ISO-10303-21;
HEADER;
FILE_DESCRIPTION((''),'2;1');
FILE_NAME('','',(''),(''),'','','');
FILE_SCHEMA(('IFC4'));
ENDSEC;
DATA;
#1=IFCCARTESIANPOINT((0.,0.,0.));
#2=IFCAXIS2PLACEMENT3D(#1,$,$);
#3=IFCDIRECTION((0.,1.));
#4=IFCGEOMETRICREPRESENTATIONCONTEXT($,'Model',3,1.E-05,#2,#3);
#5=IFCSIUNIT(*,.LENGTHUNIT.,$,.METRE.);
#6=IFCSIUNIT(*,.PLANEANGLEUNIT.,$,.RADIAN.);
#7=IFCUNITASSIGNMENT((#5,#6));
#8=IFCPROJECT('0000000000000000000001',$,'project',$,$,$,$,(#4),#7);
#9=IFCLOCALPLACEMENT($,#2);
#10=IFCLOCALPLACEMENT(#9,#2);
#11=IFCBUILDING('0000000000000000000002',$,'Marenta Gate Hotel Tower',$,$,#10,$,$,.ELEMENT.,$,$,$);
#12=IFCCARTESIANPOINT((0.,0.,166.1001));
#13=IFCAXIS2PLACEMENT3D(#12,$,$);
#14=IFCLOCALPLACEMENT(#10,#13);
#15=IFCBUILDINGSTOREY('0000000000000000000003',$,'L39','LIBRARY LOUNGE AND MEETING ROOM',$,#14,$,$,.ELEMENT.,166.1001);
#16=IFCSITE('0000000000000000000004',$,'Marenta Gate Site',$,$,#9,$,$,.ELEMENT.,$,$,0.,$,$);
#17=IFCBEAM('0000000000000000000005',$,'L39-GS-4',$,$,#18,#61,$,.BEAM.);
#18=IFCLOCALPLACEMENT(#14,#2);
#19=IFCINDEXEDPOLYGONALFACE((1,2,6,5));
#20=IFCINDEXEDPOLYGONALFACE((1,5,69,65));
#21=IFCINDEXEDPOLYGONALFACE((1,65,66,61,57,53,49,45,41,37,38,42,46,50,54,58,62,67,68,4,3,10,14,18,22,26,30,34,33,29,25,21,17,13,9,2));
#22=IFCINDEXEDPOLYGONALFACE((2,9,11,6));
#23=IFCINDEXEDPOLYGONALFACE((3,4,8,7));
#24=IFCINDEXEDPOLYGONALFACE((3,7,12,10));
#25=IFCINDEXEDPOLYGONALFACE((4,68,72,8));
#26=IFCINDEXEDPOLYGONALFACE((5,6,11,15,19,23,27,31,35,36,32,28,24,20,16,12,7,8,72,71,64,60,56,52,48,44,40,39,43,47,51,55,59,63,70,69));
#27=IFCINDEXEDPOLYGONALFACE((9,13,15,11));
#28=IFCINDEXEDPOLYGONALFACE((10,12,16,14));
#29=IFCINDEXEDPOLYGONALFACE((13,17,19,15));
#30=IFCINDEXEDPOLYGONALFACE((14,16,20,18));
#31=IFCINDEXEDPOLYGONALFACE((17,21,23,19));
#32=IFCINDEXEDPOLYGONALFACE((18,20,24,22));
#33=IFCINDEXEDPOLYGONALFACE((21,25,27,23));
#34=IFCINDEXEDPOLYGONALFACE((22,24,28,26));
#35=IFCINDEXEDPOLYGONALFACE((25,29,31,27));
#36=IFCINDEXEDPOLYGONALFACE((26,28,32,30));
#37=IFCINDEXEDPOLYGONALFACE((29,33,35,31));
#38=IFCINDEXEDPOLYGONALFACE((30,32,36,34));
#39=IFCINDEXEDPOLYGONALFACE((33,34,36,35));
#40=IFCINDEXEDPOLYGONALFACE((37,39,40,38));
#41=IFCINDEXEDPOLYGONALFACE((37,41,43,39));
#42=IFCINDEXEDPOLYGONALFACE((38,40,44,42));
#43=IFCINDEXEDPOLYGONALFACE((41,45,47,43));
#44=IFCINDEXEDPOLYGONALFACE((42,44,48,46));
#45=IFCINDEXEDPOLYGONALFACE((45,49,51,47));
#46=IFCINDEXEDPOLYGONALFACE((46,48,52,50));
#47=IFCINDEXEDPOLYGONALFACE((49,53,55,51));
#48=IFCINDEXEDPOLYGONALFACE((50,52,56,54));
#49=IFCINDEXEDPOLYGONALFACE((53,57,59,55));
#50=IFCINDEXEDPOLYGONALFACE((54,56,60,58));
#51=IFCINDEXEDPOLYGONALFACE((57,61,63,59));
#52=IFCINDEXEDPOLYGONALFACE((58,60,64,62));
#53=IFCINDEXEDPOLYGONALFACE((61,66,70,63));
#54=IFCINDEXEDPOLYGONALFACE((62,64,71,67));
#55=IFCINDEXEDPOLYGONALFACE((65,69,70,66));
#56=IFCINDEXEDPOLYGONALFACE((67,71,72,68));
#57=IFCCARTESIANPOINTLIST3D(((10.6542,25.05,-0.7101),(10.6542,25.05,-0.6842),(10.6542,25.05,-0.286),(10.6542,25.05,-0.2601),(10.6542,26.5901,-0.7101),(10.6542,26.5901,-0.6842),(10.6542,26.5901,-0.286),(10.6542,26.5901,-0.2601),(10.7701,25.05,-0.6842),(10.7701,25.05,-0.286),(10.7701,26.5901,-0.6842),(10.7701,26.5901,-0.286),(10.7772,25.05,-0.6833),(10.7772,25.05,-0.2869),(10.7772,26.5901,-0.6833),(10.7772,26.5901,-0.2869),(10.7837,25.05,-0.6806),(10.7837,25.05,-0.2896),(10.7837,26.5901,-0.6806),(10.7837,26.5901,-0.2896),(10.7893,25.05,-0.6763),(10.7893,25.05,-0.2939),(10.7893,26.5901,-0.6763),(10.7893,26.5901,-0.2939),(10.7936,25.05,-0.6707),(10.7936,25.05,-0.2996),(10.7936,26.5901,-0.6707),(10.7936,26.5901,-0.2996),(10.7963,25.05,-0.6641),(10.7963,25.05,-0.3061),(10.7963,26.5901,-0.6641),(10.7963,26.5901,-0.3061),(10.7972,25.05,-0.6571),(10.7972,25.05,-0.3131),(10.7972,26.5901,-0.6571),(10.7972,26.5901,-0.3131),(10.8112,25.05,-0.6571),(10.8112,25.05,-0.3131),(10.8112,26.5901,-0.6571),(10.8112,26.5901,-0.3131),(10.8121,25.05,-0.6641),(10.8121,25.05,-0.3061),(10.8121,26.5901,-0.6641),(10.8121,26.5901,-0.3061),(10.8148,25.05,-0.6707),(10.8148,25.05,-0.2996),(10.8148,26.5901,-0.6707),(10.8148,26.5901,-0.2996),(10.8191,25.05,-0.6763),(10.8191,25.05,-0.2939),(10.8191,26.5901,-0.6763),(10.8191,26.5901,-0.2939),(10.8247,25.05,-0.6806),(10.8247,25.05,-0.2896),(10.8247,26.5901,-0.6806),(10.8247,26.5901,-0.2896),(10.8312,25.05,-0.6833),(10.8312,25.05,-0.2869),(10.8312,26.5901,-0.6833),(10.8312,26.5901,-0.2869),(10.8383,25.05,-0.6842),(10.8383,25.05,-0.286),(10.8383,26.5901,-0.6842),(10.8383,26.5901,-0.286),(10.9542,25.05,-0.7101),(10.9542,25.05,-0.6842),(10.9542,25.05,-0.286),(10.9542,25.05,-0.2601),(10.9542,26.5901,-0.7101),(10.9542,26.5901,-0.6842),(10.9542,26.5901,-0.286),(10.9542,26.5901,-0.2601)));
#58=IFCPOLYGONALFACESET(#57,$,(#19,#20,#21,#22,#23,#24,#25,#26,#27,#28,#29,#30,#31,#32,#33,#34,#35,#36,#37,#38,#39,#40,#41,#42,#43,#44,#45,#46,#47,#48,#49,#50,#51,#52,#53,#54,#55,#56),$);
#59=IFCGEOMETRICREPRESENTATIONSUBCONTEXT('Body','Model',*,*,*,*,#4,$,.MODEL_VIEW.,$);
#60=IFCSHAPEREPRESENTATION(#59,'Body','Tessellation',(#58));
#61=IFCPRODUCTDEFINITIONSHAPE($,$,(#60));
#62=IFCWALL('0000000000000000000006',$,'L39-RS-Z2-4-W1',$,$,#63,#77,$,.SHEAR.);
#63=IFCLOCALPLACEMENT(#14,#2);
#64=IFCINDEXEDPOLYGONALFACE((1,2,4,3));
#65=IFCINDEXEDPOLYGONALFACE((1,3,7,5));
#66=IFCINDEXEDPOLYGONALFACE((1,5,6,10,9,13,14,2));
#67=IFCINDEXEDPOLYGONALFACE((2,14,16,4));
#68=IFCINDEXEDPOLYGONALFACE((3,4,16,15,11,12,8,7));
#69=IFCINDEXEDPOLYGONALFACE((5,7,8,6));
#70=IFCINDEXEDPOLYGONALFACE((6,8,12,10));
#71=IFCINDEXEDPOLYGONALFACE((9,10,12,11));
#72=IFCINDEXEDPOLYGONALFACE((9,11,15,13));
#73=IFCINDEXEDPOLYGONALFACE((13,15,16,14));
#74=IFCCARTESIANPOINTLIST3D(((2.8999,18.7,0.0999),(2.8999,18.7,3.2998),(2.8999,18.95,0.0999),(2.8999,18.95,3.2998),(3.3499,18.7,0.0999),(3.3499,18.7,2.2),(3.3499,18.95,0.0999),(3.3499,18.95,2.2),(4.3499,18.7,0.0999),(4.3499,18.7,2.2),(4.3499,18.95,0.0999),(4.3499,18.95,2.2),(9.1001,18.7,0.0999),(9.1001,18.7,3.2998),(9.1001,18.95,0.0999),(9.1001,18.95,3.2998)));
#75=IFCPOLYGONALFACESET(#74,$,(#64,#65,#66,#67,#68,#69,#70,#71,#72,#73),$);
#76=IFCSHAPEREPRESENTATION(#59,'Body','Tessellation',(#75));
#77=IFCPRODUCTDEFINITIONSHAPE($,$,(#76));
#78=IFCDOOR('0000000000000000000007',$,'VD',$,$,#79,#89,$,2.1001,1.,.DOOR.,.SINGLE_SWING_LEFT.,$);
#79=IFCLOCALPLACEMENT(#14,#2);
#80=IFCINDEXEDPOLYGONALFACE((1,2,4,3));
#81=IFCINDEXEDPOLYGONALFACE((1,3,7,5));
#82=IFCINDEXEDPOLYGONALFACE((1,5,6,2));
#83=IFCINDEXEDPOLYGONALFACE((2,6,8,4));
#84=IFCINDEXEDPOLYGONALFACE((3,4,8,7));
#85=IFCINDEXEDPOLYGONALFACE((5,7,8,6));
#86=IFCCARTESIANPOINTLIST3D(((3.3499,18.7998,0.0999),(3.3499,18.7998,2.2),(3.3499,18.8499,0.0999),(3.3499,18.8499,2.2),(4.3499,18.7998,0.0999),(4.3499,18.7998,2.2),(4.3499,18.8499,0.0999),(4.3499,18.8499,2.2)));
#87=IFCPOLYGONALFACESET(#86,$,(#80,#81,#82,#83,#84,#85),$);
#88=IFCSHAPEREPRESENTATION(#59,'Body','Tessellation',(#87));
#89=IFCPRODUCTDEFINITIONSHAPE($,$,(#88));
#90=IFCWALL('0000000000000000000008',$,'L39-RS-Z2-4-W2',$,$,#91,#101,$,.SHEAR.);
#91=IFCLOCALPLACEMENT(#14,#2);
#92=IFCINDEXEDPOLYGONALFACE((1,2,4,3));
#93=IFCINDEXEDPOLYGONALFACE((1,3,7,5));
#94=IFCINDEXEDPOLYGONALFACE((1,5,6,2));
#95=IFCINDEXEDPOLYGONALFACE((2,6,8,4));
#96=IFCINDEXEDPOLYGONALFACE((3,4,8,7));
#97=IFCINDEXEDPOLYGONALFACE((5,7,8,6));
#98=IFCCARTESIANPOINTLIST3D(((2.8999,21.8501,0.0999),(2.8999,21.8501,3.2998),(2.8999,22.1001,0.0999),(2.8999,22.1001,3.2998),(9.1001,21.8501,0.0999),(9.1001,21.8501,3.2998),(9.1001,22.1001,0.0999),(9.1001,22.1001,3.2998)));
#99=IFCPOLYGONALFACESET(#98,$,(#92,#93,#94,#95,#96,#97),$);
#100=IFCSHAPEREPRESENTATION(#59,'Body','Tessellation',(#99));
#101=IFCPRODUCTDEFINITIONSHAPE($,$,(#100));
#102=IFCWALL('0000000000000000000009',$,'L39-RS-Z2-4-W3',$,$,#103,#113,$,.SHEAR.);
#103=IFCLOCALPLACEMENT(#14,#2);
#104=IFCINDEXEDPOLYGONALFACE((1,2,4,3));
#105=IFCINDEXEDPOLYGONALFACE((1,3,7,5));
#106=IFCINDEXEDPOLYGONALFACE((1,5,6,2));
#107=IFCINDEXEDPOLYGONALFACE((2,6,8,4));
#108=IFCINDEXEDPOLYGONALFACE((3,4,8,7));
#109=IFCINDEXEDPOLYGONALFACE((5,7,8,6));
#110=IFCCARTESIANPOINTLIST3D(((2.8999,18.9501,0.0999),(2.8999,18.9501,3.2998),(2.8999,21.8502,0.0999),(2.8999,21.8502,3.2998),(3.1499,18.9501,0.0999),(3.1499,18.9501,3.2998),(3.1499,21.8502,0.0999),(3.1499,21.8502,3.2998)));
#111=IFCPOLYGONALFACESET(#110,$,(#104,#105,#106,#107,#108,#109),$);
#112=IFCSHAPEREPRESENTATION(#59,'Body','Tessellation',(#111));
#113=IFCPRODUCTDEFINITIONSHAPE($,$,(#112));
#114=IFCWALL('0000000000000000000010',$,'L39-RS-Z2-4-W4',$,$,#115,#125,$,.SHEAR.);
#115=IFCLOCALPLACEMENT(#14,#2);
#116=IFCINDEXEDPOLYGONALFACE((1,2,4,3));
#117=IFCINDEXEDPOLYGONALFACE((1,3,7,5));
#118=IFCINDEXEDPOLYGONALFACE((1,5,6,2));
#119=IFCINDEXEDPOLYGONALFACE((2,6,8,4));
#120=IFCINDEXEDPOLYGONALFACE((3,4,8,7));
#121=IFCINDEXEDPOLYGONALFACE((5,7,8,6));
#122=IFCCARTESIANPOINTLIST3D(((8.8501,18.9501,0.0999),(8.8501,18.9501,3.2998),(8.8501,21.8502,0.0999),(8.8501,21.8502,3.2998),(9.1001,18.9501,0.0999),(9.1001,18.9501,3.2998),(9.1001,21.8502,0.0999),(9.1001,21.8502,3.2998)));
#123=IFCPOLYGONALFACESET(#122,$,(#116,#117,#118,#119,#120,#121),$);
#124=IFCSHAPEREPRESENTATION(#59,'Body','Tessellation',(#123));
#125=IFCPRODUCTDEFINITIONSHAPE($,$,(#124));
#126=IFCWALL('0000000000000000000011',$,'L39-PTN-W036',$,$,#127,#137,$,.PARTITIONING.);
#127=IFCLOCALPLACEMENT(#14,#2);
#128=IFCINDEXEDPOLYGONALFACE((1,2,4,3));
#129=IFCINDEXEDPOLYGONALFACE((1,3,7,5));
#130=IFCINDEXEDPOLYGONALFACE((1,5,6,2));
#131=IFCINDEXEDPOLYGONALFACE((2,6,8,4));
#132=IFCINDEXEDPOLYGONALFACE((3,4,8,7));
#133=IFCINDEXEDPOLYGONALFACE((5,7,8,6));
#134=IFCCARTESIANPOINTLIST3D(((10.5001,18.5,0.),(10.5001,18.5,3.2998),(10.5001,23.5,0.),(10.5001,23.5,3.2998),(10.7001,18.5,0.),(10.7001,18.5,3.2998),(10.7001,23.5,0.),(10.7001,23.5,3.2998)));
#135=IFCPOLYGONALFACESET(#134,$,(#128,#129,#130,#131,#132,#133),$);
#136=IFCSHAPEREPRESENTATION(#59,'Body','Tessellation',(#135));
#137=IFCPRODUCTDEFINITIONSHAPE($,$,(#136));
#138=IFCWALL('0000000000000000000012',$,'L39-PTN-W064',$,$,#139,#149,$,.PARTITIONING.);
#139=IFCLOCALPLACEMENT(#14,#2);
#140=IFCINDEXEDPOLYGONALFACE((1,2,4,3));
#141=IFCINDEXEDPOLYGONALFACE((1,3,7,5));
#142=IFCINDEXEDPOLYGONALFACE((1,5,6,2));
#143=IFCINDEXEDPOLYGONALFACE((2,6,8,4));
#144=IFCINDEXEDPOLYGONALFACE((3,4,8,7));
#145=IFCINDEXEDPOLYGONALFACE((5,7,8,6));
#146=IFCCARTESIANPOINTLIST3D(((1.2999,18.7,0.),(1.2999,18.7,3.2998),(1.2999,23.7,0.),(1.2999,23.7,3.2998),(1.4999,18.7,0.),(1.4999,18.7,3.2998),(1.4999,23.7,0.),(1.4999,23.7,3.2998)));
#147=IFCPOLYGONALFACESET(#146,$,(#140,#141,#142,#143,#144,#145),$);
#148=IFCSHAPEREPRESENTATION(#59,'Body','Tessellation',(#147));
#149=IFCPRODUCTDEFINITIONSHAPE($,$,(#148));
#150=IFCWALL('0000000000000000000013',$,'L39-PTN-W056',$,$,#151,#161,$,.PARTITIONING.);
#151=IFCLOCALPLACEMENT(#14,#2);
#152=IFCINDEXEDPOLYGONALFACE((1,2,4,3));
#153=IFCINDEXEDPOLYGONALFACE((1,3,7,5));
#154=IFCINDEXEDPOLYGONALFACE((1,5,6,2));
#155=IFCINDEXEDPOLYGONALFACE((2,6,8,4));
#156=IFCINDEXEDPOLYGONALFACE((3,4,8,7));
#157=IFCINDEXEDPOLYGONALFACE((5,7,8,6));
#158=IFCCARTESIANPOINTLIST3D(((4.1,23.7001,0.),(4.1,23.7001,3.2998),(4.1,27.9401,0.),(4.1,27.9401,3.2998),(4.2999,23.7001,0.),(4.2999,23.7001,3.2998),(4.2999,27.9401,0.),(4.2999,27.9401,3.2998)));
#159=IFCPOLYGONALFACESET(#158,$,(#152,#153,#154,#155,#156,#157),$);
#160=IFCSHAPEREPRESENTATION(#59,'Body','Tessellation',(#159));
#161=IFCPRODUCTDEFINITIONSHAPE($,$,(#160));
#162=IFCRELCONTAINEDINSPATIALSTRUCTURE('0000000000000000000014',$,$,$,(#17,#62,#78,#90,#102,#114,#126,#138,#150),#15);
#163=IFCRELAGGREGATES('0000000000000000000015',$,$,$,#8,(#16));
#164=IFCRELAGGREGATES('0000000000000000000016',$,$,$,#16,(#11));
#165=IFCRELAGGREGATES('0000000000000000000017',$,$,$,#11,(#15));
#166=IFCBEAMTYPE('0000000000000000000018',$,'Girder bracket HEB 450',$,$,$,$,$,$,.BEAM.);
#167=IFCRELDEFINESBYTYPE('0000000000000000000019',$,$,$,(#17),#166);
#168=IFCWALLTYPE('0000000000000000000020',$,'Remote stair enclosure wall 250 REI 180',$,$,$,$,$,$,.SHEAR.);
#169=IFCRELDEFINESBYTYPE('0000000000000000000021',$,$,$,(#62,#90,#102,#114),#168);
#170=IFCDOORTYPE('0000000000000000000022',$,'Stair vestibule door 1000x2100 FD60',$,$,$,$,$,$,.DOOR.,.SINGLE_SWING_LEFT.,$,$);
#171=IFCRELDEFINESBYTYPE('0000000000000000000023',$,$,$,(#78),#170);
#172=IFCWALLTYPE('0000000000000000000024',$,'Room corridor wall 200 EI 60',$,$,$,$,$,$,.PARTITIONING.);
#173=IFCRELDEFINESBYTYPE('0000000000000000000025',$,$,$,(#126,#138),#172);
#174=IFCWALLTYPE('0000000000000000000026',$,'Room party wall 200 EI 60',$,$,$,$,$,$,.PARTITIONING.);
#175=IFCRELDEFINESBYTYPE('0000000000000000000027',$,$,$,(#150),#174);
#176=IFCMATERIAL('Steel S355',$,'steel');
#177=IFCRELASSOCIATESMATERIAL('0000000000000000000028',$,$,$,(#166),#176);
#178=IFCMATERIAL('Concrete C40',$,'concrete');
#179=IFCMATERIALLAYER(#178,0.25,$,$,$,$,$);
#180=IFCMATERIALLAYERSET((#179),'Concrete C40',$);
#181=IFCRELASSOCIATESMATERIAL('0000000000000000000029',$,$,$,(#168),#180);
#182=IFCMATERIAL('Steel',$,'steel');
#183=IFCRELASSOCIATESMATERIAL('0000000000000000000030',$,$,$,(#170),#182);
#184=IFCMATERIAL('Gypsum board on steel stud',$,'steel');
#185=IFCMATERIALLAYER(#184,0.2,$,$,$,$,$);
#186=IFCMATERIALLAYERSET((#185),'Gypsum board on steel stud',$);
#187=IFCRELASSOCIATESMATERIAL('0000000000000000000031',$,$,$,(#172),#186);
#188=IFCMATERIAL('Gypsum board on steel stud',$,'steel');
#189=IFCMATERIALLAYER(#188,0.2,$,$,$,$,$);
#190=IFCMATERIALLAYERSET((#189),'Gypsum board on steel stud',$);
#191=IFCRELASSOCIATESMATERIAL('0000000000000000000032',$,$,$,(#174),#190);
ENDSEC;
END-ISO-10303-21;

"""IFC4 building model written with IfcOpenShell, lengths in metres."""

from ifc_helpers import new_model, si_unit, direction, frame, frame_2d, origin, origin_2d, place, context, subcontext, project, spatial, rectangle, i_section, extrude, material, layer, layer_set, material_profile, profile_set, type_object, element, fill, save


model = new_model("IFC4")

# Units and contexts
model_context = context("Model", 3, precision=1e-05, world=origin(), true_north=direction((0.0, 1.0)))
body_context = subcontext(model_context, "Body", "Model", "MODEL_VIEW")
ifc_project = project(units=[si_unit("LENGTHUNIT", "METRE"), si_unit("PLANEANGLEUNIT", "RADIAN")], contexts=[model_context])

# Site, building, storey
site_placement = place(None, origin())
site = spatial("IfcSite", under=ifc_project, at=site_placement, Name="Marenta Gate Site", CompositionType="ELEMENT", RefElevation=0.0)
building_placement = place(site_placement, origin())
building = spatial("IfcBuilding", under=site, at=building_placement, Name="Marenta Gate Hotel Tower", CompositionType="ELEMENT")
storey_placement = place(building_placement, frame((0.0, 0.0, 166.1001)))
storey = spatial("IfcBuildingStorey", under=building, at=storey_placement, Name="L39", Description="LIBRARY LOUNGE AND MEETING ROOM", CompositionType="ELEMENT", Elevation=166.1001)

# Beam
ifc_material_1 = material(Name="Steel S355", Category="steel")
ifc_material_profile_1 = material_profile(ifc_material_1, i_section(OverallWidth=0.3, OverallDepth=0.45, WebThickness=0.0139, FlangeThickness=0.0259, FilletRadius=0.0271, at=origin_2d()), Name="HEB 450")
ifc_profile_set_1 = profile_set([ifc_material_profile_1], Name="Steel S355")
beam_type_1 = type_object("IfcBeamType", Name="Girder bracket HEB 450", PredefinedType="BEAM", material=ifc_profile_set_1)
for number, where, z_axis, x_axis, name in (
    (1, (10.8042, 25.05, -0.4851), (0.0, 1.0, 0.0), (-1.0, 0.0, 0.0), "L39-GS-4"),
):
    element("IfcBeam", number, at=place(storey_placement, frame(where, z_axis=z_axis, x_axis=x_axis)), inside=storey, type_object=beam_type_1, Name=name, PredefinedType="BEAM", context=body_context, shape_type="SweptSolid", body=[
        extrude(i_section(OverallWidth=0.3, OverallDepth=0.45, WebThickness=0.0139, FlangeThickness=0.0259, FilletRadius=0.0271, at=origin_2d()), origin(), (0.0, 0.0, 1.0), 1.54),
    ])

# Wall, opening, door
ifc_material_2 = material(Name="Concrete C40", Category="concrete")
ifc_layer_1 = layer(ifc_material_2, 0.25)
ifc_layer_set_1 = layer_set([ifc_layer_1], Name="Concrete C40")
wall_type_1 = type_object("IfcWallType", Name="Remote stair enclosure wall 250 REI 180", PredefinedType="SHEAR", material=ifc_layer_set_1)
wall_1_placement = place(storey_placement, frame((2.8999, 18.825, 0.0999), z_axis=(0.0, 0.0, 1.0), x_axis=(1.0, 0.0, 0.0)))
wall_1 = element("IfcWall", 2, at=wall_1_placement, inside=storey, type_object=wall_type_1, Name="L39-RS-Z2-4-W1", PredefinedType="SHEAR", context=body_context, shape_type="SweptSolid", body=[
    extrude(rectangle(XDim=6.2002, YDim=0.25, at=frame_2d((3.1001, 0.0))), origin(), (0.0, 0.0, 1.0), 3.2),
])
opening_1_placement = place(wall_1_placement, frame((0.45, 0.0, 0.0)))
opening_1 = element("IfcOpeningElement", 3, at=opening_1_placement, cuts=wall_1, PredefinedType="OPENING", context=body_context, shape_type="SweptSolid", body=[
    extrude(rectangle(XDim=1.0, YDim=2.1001, at=frame_2d((0.5, 1.05))), frame((0.0, 0.125, 0.0), z_axis=(0.0, -1.0, 0.0), x_axis=(1.0, 0.0, 0.0)), (0.0, 0.0, 1.0), 0.25),
])
ifc_material_3 = material(Name="Steel", Category="steel")
door_type_1 = type_object("IfcDoorType", Name="Stair vestibule door 1000x2100 FD60", OperationType="SINGLE_SWING_LEFT", PredefinedType="DOOR", material=ifc_material_3)
door_1_placement = place(opening_1_placement, origin())
door_1 = element("IfcDoor", 4, at=door_1_placement, inside=storey, type_object=door_type_1, Name="VD", OperationType="SINGLE_SWING_LEFT", OverallHeight=2.1001, OverallWidth=1.0, PredefinedType="DOOR", context=body_context, shape_type="SweptSolid", body=[
    extrude(rectangle(XDim=1.0, YDim=2.1001, at=frame_2d((0.5, 1.05))), frame((0.0, 0.0249, 0.0), z_axis=(0.0, -1.0, 0.0), x_axis=(1.0, 0.0, 0.0)), (0.0, 0.0, 1.0), 0.05),
])
fill(opening_1, door_1)

# Walls
wall_2_placement = place(storey_placement, frame((2.8999, 21.9751, 0.0999), z_axis=(0.0, 0.0, 1.0), x_axis=(1.0, 0.0, 0.0)))
element("IfcWall", 5, at=wall_2_placement, inside=storey, type_object=wall_type_1, Name="L39-RS-Z2-4-W2", PredefinedType="SHEAR", context=body_context, shape_type="SweptSolid", body=[
    extrude(rectangle(XDim=6.2002, YDim=0.25, at=frame_2d((3.1001, 0.0))), origin(), (0.0, 0.0, 1.0), 3.2),
])
for number, where, z_axis, x_axis, name in (
    (6, (3.0249, 18.95, 0.0999), (0.0, 0.0, 1.0), (0.0, 1.0, 0.0), "L39-RS-Z2-4-W3"),
    (7, (8.9751, 18.95, 0.0999), (0.0, 0.0, 1.0), (0.0, 1.0, 0.0), "L39-RS-Z2-4-W4"),
):
    element("IfcWall", number, at=place(storey_placement, frame(where, z_axis=z_axis, x_axis=x_axis)), inside=storey, type_object=wall_type_1, Name=name, PredefinedType="SHEAR", context=body_context, shape_type="SweptSolid", body=[
        extrude(rectangle(XDim=2.9001, YDim=0.25, at=frame_2d((1.4502, 0.0))), origin(), (0.0, 0.0, 1.0), 3.2),
    ])
ifc_material_4 = material(Name="Gypsum board on steel stud", Category="steel")
ifc_layer_2 = layer(ifc_material_4, 0.2)
ifc_layer_set_2 = layer_set([ifc_layer_2], Name="Gypsum board on steel stud")
wall_type_2 = type_object("IfcWallType", Name="Room corridor wall 200 EI 60", PredefinedType="PARTITIONING", material=ifc_layer_set_2)
for number, where, z_axis, x_axis, name in (
    (8, (10.6001, 18.5, 0.0), (0.0, 0.0, 1.0), (0.0, 1.0, 0.0), "L39-PTN-W036"),
    (9, (1.3999, 18.7, 0.0), (0.0, 0.0, 1.0), (0.0, 1.0, 0.0), "L39-PTN-W064"),
):
    element("IfcWall", number, at=place(storey_placement, frame(where, z_axis=z_axis, x_axis=x_axis)), inside=storey, type_object=wall_type_2, Name=name, PredefinedType="PARTITIONING", context=body_context, shape_type="SweptSolid", body=[
        extrude(rectangle(XDim=5.0, YDim=0.2, at=frame_2d((2.5, 0.0))), origin(), (0.0, 0.0, 1.0), 3.2998),
    ])

# Wall
ifc_material_5 = material(Name="Gypsum board on steel stud", Category="steel")
ifc_layer_3 = layer(ifc_material_5, 0.2)
ifc_layer_set_3 = layer_set([ifc_layer_3], Name="Gypsum board on steel stud")
wall_type_3 = type_object("IfcWallType", Name="Room party wall 200 EI 60", PredefinedType="PARTITIONING", material=ifc_layer_set_3)
wall_3_placement = place(storey_placement, frame((4.2, 23.7, 0.0), z_axis=(0.0, 0.0, 1.0), x_axis=(0.0, 1.0, 0.0)))
element("IfcWall", 10, at=wall_3_placement, inside=storey, type_object=wall_type_3, Name="L39-PTN-W056", PredefinedType="PARTITIONING", context=body_context, shape_type="SweptSolid", body=[
    extrude(rectangle(XDim=4.24, YDim=0.2, at=frame_2d((2.1201, 0.0))), origin(), (0.0, 0.0, 1.0), 3.2998),
])

save(model, "model.ifc")
